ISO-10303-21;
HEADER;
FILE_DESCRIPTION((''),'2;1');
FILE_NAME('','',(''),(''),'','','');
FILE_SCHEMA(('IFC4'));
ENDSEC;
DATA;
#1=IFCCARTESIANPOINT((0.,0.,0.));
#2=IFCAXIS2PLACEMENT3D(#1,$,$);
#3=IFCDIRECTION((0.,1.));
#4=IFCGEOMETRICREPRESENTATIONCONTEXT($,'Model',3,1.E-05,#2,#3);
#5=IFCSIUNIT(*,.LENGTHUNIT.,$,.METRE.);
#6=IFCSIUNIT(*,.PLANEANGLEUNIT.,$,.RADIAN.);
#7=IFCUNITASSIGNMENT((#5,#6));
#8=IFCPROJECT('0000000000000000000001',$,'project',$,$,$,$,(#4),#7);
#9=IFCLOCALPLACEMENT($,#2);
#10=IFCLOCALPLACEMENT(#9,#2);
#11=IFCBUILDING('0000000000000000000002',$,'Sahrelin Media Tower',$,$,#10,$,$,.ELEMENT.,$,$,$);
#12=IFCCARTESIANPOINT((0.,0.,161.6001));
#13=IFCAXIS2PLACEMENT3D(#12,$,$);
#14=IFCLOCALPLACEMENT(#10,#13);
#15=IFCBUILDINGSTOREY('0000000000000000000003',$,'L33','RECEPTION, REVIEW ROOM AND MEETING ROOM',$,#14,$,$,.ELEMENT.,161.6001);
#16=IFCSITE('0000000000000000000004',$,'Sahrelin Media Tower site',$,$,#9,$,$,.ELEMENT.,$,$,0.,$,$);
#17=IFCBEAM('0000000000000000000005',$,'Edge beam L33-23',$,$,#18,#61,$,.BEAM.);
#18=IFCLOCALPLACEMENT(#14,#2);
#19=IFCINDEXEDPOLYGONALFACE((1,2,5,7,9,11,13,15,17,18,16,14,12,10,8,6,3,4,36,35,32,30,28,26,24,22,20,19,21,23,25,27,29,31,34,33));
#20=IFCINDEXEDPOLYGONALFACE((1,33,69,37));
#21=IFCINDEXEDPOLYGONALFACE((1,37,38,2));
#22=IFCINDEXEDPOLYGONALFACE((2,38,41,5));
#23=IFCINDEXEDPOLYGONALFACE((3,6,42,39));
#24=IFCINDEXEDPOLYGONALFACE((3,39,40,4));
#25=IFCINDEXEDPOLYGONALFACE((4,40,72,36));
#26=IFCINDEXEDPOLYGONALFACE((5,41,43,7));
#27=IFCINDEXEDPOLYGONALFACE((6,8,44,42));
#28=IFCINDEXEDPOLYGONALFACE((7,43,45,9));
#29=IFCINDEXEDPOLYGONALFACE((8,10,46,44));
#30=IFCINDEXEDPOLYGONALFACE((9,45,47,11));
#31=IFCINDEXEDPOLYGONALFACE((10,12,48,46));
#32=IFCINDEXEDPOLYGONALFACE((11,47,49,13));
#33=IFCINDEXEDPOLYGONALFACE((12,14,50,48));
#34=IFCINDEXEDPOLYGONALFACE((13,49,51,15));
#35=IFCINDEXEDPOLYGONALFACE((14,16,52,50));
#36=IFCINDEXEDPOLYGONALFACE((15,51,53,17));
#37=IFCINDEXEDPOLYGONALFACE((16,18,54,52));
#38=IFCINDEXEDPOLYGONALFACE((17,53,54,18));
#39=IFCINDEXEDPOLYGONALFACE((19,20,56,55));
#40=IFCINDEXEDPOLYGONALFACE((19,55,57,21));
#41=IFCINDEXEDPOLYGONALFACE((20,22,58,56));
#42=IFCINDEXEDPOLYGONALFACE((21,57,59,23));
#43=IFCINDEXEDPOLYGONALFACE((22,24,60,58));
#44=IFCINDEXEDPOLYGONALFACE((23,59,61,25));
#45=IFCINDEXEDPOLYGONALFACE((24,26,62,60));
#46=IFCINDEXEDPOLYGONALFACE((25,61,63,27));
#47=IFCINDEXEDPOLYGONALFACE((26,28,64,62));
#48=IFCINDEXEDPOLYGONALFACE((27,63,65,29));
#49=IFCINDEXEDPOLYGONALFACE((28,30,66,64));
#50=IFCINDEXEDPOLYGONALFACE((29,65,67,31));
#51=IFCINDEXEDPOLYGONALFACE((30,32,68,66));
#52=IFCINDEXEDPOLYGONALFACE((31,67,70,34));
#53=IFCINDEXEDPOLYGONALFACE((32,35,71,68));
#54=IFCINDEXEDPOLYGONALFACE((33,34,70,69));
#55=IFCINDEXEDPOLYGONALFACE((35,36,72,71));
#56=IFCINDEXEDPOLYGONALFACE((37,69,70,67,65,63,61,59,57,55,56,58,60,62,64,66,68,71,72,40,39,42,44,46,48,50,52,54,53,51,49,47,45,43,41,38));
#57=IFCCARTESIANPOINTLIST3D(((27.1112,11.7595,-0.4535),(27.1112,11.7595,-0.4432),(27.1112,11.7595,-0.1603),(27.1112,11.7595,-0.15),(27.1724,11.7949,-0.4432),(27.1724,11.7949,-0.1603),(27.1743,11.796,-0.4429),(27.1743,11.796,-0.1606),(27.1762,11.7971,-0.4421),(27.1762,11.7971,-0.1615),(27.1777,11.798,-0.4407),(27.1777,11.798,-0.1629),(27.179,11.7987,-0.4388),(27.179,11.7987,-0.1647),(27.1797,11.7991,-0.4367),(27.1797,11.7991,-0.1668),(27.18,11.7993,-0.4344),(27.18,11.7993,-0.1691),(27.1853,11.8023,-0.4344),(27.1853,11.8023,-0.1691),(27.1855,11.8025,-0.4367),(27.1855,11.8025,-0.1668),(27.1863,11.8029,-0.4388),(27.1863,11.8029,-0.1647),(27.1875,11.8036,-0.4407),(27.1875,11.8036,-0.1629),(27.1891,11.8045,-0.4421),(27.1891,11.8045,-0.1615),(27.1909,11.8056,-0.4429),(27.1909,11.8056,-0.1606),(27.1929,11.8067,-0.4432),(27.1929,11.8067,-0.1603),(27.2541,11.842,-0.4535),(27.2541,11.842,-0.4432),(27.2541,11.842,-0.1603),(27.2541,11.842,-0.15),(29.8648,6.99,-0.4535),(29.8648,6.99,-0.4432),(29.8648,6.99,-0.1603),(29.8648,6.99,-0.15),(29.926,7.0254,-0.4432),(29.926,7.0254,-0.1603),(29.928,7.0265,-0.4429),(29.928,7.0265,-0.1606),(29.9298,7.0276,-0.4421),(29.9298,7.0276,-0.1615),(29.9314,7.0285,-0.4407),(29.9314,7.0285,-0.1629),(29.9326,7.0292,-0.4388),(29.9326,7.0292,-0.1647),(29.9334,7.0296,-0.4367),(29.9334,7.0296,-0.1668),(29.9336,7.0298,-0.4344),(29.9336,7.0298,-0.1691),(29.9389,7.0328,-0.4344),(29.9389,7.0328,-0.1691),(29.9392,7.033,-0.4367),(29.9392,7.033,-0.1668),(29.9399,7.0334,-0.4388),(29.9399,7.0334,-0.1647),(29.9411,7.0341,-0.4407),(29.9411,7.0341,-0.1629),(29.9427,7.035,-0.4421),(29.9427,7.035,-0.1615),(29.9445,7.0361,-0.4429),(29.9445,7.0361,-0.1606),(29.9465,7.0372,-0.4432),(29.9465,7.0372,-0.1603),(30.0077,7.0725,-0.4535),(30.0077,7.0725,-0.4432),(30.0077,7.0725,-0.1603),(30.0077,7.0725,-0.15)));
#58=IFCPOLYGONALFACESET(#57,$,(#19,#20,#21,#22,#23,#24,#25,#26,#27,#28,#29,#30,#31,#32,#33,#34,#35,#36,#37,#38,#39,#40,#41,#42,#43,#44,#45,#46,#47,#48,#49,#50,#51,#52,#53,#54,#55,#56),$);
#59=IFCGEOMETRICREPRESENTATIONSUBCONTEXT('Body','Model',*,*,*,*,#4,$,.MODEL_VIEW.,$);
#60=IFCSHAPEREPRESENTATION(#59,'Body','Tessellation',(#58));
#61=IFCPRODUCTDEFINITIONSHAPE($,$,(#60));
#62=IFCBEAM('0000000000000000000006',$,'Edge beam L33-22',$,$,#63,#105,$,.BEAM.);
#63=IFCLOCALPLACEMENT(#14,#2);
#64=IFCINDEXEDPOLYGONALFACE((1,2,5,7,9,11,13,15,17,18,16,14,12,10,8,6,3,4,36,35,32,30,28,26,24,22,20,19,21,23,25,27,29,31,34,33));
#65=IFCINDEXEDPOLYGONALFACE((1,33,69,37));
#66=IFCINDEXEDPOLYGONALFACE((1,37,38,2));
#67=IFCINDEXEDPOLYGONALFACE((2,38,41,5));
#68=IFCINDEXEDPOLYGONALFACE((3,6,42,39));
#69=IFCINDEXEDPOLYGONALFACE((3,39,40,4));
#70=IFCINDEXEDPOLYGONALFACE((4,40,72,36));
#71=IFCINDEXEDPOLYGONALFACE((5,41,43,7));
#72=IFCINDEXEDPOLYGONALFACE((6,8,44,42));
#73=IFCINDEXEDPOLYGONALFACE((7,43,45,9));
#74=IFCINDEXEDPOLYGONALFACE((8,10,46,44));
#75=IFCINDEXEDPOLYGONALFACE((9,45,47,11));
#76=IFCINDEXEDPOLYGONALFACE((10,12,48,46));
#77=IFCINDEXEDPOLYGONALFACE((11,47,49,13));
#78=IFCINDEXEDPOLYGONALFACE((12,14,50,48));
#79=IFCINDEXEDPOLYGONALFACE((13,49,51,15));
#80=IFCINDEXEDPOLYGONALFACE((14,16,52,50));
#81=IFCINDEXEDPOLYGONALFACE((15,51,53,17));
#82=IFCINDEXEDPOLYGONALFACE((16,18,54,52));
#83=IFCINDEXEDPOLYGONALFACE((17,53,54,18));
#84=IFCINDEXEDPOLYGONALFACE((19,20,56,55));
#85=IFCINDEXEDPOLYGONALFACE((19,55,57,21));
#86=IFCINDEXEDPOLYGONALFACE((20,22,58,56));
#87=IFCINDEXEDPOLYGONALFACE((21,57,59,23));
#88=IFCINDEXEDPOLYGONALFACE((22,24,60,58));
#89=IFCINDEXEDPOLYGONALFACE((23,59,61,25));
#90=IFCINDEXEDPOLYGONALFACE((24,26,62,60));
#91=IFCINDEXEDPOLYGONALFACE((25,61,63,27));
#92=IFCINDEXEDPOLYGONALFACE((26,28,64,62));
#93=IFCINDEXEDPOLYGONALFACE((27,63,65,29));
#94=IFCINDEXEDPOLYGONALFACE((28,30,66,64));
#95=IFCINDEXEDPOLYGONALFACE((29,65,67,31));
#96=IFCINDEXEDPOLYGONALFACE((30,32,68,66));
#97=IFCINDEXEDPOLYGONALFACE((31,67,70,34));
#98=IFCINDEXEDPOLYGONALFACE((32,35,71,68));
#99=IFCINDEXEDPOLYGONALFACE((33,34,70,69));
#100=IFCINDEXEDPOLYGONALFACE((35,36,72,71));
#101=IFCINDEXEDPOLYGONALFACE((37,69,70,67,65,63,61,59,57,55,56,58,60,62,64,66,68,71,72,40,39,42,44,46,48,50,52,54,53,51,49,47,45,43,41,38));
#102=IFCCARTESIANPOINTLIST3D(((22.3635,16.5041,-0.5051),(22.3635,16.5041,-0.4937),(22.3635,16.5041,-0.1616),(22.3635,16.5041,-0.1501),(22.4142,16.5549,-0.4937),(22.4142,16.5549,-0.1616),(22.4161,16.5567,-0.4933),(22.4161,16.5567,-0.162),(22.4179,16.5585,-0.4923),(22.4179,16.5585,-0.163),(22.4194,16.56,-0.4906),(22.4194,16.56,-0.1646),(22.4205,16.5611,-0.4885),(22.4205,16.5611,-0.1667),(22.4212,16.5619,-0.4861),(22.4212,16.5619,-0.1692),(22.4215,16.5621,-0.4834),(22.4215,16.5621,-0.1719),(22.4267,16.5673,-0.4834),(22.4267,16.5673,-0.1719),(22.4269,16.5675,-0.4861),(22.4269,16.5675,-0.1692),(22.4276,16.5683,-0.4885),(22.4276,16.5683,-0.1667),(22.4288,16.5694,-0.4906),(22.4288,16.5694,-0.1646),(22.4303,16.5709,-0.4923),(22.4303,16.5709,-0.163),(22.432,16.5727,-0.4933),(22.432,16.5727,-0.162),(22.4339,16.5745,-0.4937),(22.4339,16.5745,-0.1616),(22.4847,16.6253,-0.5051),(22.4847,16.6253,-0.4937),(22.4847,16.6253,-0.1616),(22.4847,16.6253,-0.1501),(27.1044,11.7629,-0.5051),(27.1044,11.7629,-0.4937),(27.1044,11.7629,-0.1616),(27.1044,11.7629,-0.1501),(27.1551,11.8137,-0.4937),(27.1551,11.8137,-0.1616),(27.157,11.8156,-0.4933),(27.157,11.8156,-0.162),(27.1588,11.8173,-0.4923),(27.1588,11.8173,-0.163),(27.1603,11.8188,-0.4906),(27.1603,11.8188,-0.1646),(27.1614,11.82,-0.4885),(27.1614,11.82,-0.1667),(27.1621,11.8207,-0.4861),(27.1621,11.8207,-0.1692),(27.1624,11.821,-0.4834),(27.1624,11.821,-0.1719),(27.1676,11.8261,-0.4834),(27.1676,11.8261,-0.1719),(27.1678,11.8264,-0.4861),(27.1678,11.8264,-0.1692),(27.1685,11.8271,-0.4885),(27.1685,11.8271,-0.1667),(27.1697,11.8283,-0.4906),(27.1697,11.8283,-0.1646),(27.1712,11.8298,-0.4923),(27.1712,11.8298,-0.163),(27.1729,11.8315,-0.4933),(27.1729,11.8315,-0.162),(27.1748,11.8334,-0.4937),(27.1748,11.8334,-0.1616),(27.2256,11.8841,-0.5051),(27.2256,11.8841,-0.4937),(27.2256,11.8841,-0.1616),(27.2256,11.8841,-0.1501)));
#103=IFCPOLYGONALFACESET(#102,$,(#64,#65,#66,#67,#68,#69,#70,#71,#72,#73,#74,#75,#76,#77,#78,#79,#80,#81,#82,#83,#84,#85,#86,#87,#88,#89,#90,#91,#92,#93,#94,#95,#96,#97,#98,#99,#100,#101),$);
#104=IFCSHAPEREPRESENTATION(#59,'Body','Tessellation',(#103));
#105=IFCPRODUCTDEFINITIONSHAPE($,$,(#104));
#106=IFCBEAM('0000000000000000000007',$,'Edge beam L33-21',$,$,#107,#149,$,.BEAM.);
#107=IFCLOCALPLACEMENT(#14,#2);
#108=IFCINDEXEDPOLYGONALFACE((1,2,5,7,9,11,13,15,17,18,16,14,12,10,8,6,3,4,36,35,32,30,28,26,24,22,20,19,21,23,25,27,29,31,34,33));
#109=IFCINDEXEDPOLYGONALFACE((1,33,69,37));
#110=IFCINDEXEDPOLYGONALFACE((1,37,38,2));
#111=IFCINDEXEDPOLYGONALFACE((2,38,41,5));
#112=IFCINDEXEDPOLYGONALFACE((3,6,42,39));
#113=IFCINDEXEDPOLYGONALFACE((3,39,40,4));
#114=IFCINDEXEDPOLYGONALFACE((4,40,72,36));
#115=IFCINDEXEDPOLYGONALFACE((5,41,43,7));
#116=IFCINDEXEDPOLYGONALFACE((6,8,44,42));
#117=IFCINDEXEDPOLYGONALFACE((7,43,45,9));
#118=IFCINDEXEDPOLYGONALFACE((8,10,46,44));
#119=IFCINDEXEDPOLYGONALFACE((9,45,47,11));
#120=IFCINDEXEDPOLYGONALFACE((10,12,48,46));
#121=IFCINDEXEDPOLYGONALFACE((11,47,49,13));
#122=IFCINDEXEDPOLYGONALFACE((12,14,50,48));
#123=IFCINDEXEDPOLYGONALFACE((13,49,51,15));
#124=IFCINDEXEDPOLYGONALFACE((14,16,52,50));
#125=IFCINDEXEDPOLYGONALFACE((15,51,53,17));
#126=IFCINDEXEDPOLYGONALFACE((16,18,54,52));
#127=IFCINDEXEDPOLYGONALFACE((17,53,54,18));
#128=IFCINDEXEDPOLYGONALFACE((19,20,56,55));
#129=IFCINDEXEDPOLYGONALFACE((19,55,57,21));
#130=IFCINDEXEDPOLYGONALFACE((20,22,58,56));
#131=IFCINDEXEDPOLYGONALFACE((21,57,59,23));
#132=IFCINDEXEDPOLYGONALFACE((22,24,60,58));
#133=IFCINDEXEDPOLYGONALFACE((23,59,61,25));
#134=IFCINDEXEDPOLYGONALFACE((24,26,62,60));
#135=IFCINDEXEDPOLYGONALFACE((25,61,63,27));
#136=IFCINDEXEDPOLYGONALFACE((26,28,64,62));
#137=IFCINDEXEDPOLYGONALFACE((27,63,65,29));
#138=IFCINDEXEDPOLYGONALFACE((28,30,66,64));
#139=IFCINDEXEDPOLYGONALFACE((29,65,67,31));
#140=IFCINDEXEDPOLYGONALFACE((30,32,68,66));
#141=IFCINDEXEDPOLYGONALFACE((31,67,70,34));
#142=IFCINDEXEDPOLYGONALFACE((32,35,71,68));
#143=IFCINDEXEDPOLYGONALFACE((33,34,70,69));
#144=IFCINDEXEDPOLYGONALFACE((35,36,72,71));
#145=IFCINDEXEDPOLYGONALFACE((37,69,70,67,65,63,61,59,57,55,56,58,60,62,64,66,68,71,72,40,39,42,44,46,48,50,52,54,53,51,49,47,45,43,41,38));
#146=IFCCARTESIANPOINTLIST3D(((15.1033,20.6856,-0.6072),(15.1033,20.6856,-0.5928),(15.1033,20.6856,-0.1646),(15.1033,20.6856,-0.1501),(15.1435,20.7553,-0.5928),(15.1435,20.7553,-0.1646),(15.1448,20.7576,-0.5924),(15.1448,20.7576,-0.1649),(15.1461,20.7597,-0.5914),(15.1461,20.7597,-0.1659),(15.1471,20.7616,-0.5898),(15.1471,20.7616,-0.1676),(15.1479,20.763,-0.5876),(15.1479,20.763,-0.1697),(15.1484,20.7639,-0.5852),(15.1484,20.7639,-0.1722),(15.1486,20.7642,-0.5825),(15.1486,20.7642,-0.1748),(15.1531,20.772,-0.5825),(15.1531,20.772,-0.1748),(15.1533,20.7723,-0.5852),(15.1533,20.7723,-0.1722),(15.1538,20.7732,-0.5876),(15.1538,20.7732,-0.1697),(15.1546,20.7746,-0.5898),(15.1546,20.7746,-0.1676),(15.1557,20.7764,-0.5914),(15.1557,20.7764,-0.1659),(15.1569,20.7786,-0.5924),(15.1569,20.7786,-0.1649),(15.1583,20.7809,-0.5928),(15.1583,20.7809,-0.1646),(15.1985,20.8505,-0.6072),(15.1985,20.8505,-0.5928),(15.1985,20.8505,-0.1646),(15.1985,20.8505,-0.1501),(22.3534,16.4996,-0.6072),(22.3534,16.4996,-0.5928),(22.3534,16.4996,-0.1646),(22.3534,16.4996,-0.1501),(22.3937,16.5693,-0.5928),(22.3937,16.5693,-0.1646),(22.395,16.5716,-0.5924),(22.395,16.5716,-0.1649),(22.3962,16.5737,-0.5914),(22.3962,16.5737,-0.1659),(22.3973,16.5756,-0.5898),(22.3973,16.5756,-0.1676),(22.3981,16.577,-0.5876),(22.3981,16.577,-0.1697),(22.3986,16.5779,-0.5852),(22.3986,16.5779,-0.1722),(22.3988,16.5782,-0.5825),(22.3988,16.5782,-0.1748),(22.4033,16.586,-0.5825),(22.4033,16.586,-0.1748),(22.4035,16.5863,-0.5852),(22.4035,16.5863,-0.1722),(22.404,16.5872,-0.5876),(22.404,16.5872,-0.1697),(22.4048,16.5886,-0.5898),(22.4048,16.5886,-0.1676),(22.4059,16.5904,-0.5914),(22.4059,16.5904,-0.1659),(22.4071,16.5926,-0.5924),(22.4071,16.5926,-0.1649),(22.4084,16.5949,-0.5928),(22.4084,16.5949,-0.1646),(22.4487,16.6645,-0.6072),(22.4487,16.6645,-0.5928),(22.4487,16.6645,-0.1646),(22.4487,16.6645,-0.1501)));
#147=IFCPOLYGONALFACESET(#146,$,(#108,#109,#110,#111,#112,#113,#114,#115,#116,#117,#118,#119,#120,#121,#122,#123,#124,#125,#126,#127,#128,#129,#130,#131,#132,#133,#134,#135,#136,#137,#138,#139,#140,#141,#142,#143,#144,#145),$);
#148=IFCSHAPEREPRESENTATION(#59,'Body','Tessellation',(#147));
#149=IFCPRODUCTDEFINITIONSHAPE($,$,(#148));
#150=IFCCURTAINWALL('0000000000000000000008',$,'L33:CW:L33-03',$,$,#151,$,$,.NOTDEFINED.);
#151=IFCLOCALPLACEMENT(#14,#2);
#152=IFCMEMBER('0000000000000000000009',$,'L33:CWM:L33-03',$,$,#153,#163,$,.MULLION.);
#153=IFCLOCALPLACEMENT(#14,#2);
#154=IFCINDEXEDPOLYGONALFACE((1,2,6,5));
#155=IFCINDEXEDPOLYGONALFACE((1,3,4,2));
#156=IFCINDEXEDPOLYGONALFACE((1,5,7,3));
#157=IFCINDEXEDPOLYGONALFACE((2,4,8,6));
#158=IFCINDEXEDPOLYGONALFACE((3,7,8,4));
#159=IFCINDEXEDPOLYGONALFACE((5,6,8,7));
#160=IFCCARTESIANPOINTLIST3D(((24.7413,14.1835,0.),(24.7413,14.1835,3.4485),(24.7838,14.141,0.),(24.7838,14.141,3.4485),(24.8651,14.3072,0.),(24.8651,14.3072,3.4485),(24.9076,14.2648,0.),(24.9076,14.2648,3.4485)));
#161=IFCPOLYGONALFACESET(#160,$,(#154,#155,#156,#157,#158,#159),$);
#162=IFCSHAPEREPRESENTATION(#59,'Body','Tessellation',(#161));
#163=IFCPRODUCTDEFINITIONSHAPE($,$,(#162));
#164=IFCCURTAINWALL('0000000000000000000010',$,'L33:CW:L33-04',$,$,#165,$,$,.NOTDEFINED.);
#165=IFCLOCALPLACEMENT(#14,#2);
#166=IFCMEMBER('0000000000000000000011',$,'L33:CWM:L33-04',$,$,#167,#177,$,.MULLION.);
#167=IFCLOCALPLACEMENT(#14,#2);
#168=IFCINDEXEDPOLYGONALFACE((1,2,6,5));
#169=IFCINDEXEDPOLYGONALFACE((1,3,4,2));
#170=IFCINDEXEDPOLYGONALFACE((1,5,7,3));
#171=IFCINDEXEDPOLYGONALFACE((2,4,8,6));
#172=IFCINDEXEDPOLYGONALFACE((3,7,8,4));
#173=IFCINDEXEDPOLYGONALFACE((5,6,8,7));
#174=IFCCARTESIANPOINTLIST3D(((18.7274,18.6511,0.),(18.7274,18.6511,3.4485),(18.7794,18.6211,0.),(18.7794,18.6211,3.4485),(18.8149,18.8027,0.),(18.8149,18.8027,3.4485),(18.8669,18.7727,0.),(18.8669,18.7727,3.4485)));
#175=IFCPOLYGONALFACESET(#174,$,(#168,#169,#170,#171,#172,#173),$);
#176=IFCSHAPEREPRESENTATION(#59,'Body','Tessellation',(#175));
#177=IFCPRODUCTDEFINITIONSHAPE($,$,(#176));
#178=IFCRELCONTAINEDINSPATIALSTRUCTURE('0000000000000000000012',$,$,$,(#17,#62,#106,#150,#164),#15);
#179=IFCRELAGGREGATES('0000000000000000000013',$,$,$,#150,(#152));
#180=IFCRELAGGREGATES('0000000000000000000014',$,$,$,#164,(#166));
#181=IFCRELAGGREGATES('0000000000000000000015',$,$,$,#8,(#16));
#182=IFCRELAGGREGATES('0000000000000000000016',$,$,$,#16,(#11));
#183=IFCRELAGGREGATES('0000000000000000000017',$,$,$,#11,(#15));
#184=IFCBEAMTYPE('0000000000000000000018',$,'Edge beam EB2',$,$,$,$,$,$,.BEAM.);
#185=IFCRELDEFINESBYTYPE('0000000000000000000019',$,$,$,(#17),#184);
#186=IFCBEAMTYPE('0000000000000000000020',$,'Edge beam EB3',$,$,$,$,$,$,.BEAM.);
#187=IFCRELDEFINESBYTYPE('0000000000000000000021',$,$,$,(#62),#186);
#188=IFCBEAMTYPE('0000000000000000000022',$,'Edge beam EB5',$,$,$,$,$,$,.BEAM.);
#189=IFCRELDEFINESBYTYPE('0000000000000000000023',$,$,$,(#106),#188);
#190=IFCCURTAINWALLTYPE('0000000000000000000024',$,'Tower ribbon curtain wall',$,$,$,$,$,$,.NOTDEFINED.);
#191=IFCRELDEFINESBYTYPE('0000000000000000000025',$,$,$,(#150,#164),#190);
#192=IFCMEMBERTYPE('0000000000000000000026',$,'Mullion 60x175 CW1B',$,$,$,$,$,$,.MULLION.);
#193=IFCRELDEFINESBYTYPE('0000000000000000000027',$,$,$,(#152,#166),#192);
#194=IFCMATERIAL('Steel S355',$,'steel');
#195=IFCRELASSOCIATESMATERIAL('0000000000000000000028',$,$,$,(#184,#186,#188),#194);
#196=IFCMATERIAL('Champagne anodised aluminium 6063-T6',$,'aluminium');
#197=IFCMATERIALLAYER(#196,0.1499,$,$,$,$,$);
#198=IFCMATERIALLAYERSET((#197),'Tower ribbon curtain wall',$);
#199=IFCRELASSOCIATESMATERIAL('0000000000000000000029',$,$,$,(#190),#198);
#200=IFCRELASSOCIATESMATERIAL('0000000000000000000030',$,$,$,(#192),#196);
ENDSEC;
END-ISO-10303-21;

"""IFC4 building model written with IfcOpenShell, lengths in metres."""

from ifc_helpers import new_model, si_unit, direction, frame, origin, origin_2d, place, context, subcontext, project, spatial, rectangle, i_section, extrude, material, layer, layer_set, material_profile, profile_set, type_object, element, aggregate, save


model = new_model("IFC4")

# Units and contexts
model_context = context("Model", 3, precision=1e-05, world=origin(), true_north=direction((0.0, 1.0)))
body_context = subcontext(model_context, "Body", "Model", "MODEL_VIEW")
ifc_project = project(units=[si_unit("LENGTHUNIT", "METRE"), si_unit("PLANEANGLEUNIT", "RADIAN")], contexts=[model_context])

# Site, building, storey
site_placement = place(None, origin())
site = spatial("IfcSite", under=ifc_project, at=site_placement, Name="Sahrelin Media Tower site", CompositionType="ELEMENT", RefElevation=0.0)
building_placement = place(site_placement, origin())
building = spatial("IfcBuilding", under=site, at=building_placement, Name="Sahrelin Media Tower", CompositionType="ELEMENT")
storey_placement = place(building_placement, frame((0.0, 0.0, 161.6001)))
storey = spatial("IfcBuildingStorey", under=building, at=storey_placement, Name="L33", Description="RECEPTION, REVIEW ROOM AND MEETING ROOM", CompositionType="ELEMENT", Elevation=161.6001)

# Beams
ifc_material_1 = material(Name="Steel S355", Category="steel")
ifc_material_profile_1 = material_profile(ifc_material_1, i_section(OverallWidth=0.165, OverallDepth=0.3035, WebThickness=0.0061, FlangeThickness=0.0103, FilletRadius=0.0088, at=origin_2d()), Name="UB 305x165x40")
ifc_profile_set_1 = profile_set([ifc_material_profile_1], Name="Steel S355")
beam_type_1 = type_object("IfcBeamType", Name="Edge beam EB2", PredefinedType="BEAM", material=ifc_profile_set_1)
beam_1_placement = place(storey_placement, frame((27.1826, 11.8008, -0.3018), z_axis=(0.499996, -0.866028, 0.0), x_axis=(0.866028, 0.499996, 0.0)))
element("IfcBeam", 1, at=beam_1_placement, inside=storey, type_object=beam_type_1, Name="Edge beam L33-23", PredefinedType="BEAM", context=body_context, shape_type="SweptSolid", body=[
    extrude(i_section(OverallWidth=0.165, OverallDepth=0.3035, WebThickness=0.0061, FlangeThickness=0.0103, FilletRadius=0.0088, at=origin_2d()), origin(), (0.0, 0.0, 1.0), 5.5073),
])
ifc_material_profile_2 = material_profile(ifc_material_1, i_section(OverallWidth=0.1714, OverallDepth=0.355, WebThickness=0.0073, FlangeThickness=0.0115, FilletRadius=0.0103, at=origin_2d()), Name="UB 356x171x51")
ifc_profile_set_2 = profile_set([ifc_material_profile_2], Name="Steel S355")
beam_type_2 = type_object("IfcBeamType", Name="Edge beam EB3", PredefinedType="BEAM", material=ifc_profile_set_2)
beam_2_placement = place(storey_placement, frame((22.4241, 16.5647, -0.3276), z_axis=(0.707089, -0.707125, 0.0), x_axis=(0.707125, 0.707089, 0.0)))
element("IfcBeam", 2, at=beam_2_placement, inside=storey, type_object=beam_type_2, Name="Edge beam L33-22", PredefinedType="BEAM", context=body_context, shape_type="SweptSolid", body=[
    extrude(i_section(OverallWidth=0.1714, OverallDepth=0.355, WebThickness=0.0073, FlangeThickness=0.0115, FilletRadius=0.0103, at=origin_2d()), origin(), (0.0, 0.0, 1.0), 6.7048),
])
ifc_material_profile_3 = material_profile(ifc_material_1, i_section(OverallWidth=0.1904, OverallDepth=0.457, WebThickness=0.009, FlangeThickness=0.0144, FilletRadius=0.0103, at=origin_2d()), Name="UB 457x191x74")
ifc_profile_set_3 = profile_set([ifc_material_profile_3], Name="Steel S355")
beam_type_3 = type_object("IfcBeamType", Name="Edge beam EB5", PredefinedType="BEAM", material=ifc_profile_set_3)
beam_3_placement = place(storey_placement, frame((15.1509, 20.7681, -0.3787), z_axis=(0.86602, -0.500009, 0.0), x_axis=(0.500009, 0.86602, 0.0)))
element("IfcBeam", 3, at=beam_3_placement, inside=storey, type_object=beam_type_3, Name="Edge beam L33-21", PredefinedType="BEAM", context=body_context, shape_type="SweptSolid", body=[
    extrude(i_section(OverallWidth=0.1904, OverallDepth=0.457, WebThickness=0.009, FlangeThickness=0.0144, FilletRadius=0.0103, at=origin_2d()), origin(), (0.0, 0.0, 1.0), 8.3718),
])

# Curtain walls, members
ifc_material_2 = material(Name="Champagne anodised aluminium 6063-T6", Category="aluminium")
ifc_layer_1 = layer(ifc_material_2, 0.1499)
ifc_layer_set_1 = layer_set([ifc_layer_1], Name="Tower ribbon curtain wall")
curtain_wall_type = type_object("IfcCurtainWallType", Name="Tower ribbon curtain wall", PredefinedType="NOTDEFINED", material=ifc_layer_set_1)
curtain_wall_1_placement = place(storey_placement, frame((24.9006, 14.3003, 0.0), z_axis=(0.0, 0.0, 1.0), x_axis=(1.0, 0.0, 0.0)))
curtain_wall_1 = element("IfcCurtainWall", 4, at=curtain_wall_1_placement, inside=storey, type_object=curtain_wall_type, Name="L33:CW:L33-03", PredefinedType="NOTDEFINED")
ifc_material_profile_4 = material_profile(ifc_material_2, rectangle(XDim=0.0601, YDim=0.175, at=origin_2d()), Name="Mullion 60x175")
ifc_profile_set_4 = profile_set([ifc_material_profile_4], Name="Champagne anodised aluminium 6063-T6")
member_type_1 = type_object("IfcMemberType", Name="Mullion 60x175 CW1B", PredefinedType="MULLION", material=ifc_profile_set_4)
member_1_placement = place(storey_placement, frame((24.8245, 14.2241, 0.0), z_axis=(0.0, 0.0, 1.0), x_axis=(-0.707107, 0.707107, 0.0)))
member_1 = element("IfcMember", 5, at=member_1_placement, type_object=member_type_1, Name="L33:CWM:L33-03", PredefinedType="MULLION", context=body_context, shape_type="SweptSolid", body=[
    extrude(rectangle(XDim=0.0601, YDim=0.175, at=origin_2d()), origin(), (0.0, 0.0, 1.0), 3.4485),
])
curtain_wall_2_placement = place(storey_placement, frame((18.8511, 18.8049, 0.0), z_axis=(0.0, 0.0, 1.0), x_axis=(1.0, 0.0, 0.0)))
curtain_wall_2 = element("IfcCurtainWall", 6, at=curtain_wall_2_placement, inside=storey, type_object=curtain_wall_type, Name="L33:CW:L33-04", PredefinedType="NOTDEFINED")
member_2_placement = place(storey_placement, frame((18.7971, 18.7119, 0.0), z_axis=(0.0, 0.0, 1.0), x_axis=(-0.866025, 0.5, 0.0)))
member_2 = element("IfcMember", 7, at=member_2_placement, type_object=member_type_1, Name="L33:CWM:L33-04", PredefinedType="MULLION", context=body_context, shape_type="SweptSolid", body=[
    extrude(rectangle(XDim=0.0601, YDim=0.175, at=origin_2d()), origin(), (0.0, 0.0, 1.0), 3.4485),
])

aggregate(curtain_wall_1, [member_1])
aggregate(curtain_wall_2, [member_2])

save(model, "model.ifc")
